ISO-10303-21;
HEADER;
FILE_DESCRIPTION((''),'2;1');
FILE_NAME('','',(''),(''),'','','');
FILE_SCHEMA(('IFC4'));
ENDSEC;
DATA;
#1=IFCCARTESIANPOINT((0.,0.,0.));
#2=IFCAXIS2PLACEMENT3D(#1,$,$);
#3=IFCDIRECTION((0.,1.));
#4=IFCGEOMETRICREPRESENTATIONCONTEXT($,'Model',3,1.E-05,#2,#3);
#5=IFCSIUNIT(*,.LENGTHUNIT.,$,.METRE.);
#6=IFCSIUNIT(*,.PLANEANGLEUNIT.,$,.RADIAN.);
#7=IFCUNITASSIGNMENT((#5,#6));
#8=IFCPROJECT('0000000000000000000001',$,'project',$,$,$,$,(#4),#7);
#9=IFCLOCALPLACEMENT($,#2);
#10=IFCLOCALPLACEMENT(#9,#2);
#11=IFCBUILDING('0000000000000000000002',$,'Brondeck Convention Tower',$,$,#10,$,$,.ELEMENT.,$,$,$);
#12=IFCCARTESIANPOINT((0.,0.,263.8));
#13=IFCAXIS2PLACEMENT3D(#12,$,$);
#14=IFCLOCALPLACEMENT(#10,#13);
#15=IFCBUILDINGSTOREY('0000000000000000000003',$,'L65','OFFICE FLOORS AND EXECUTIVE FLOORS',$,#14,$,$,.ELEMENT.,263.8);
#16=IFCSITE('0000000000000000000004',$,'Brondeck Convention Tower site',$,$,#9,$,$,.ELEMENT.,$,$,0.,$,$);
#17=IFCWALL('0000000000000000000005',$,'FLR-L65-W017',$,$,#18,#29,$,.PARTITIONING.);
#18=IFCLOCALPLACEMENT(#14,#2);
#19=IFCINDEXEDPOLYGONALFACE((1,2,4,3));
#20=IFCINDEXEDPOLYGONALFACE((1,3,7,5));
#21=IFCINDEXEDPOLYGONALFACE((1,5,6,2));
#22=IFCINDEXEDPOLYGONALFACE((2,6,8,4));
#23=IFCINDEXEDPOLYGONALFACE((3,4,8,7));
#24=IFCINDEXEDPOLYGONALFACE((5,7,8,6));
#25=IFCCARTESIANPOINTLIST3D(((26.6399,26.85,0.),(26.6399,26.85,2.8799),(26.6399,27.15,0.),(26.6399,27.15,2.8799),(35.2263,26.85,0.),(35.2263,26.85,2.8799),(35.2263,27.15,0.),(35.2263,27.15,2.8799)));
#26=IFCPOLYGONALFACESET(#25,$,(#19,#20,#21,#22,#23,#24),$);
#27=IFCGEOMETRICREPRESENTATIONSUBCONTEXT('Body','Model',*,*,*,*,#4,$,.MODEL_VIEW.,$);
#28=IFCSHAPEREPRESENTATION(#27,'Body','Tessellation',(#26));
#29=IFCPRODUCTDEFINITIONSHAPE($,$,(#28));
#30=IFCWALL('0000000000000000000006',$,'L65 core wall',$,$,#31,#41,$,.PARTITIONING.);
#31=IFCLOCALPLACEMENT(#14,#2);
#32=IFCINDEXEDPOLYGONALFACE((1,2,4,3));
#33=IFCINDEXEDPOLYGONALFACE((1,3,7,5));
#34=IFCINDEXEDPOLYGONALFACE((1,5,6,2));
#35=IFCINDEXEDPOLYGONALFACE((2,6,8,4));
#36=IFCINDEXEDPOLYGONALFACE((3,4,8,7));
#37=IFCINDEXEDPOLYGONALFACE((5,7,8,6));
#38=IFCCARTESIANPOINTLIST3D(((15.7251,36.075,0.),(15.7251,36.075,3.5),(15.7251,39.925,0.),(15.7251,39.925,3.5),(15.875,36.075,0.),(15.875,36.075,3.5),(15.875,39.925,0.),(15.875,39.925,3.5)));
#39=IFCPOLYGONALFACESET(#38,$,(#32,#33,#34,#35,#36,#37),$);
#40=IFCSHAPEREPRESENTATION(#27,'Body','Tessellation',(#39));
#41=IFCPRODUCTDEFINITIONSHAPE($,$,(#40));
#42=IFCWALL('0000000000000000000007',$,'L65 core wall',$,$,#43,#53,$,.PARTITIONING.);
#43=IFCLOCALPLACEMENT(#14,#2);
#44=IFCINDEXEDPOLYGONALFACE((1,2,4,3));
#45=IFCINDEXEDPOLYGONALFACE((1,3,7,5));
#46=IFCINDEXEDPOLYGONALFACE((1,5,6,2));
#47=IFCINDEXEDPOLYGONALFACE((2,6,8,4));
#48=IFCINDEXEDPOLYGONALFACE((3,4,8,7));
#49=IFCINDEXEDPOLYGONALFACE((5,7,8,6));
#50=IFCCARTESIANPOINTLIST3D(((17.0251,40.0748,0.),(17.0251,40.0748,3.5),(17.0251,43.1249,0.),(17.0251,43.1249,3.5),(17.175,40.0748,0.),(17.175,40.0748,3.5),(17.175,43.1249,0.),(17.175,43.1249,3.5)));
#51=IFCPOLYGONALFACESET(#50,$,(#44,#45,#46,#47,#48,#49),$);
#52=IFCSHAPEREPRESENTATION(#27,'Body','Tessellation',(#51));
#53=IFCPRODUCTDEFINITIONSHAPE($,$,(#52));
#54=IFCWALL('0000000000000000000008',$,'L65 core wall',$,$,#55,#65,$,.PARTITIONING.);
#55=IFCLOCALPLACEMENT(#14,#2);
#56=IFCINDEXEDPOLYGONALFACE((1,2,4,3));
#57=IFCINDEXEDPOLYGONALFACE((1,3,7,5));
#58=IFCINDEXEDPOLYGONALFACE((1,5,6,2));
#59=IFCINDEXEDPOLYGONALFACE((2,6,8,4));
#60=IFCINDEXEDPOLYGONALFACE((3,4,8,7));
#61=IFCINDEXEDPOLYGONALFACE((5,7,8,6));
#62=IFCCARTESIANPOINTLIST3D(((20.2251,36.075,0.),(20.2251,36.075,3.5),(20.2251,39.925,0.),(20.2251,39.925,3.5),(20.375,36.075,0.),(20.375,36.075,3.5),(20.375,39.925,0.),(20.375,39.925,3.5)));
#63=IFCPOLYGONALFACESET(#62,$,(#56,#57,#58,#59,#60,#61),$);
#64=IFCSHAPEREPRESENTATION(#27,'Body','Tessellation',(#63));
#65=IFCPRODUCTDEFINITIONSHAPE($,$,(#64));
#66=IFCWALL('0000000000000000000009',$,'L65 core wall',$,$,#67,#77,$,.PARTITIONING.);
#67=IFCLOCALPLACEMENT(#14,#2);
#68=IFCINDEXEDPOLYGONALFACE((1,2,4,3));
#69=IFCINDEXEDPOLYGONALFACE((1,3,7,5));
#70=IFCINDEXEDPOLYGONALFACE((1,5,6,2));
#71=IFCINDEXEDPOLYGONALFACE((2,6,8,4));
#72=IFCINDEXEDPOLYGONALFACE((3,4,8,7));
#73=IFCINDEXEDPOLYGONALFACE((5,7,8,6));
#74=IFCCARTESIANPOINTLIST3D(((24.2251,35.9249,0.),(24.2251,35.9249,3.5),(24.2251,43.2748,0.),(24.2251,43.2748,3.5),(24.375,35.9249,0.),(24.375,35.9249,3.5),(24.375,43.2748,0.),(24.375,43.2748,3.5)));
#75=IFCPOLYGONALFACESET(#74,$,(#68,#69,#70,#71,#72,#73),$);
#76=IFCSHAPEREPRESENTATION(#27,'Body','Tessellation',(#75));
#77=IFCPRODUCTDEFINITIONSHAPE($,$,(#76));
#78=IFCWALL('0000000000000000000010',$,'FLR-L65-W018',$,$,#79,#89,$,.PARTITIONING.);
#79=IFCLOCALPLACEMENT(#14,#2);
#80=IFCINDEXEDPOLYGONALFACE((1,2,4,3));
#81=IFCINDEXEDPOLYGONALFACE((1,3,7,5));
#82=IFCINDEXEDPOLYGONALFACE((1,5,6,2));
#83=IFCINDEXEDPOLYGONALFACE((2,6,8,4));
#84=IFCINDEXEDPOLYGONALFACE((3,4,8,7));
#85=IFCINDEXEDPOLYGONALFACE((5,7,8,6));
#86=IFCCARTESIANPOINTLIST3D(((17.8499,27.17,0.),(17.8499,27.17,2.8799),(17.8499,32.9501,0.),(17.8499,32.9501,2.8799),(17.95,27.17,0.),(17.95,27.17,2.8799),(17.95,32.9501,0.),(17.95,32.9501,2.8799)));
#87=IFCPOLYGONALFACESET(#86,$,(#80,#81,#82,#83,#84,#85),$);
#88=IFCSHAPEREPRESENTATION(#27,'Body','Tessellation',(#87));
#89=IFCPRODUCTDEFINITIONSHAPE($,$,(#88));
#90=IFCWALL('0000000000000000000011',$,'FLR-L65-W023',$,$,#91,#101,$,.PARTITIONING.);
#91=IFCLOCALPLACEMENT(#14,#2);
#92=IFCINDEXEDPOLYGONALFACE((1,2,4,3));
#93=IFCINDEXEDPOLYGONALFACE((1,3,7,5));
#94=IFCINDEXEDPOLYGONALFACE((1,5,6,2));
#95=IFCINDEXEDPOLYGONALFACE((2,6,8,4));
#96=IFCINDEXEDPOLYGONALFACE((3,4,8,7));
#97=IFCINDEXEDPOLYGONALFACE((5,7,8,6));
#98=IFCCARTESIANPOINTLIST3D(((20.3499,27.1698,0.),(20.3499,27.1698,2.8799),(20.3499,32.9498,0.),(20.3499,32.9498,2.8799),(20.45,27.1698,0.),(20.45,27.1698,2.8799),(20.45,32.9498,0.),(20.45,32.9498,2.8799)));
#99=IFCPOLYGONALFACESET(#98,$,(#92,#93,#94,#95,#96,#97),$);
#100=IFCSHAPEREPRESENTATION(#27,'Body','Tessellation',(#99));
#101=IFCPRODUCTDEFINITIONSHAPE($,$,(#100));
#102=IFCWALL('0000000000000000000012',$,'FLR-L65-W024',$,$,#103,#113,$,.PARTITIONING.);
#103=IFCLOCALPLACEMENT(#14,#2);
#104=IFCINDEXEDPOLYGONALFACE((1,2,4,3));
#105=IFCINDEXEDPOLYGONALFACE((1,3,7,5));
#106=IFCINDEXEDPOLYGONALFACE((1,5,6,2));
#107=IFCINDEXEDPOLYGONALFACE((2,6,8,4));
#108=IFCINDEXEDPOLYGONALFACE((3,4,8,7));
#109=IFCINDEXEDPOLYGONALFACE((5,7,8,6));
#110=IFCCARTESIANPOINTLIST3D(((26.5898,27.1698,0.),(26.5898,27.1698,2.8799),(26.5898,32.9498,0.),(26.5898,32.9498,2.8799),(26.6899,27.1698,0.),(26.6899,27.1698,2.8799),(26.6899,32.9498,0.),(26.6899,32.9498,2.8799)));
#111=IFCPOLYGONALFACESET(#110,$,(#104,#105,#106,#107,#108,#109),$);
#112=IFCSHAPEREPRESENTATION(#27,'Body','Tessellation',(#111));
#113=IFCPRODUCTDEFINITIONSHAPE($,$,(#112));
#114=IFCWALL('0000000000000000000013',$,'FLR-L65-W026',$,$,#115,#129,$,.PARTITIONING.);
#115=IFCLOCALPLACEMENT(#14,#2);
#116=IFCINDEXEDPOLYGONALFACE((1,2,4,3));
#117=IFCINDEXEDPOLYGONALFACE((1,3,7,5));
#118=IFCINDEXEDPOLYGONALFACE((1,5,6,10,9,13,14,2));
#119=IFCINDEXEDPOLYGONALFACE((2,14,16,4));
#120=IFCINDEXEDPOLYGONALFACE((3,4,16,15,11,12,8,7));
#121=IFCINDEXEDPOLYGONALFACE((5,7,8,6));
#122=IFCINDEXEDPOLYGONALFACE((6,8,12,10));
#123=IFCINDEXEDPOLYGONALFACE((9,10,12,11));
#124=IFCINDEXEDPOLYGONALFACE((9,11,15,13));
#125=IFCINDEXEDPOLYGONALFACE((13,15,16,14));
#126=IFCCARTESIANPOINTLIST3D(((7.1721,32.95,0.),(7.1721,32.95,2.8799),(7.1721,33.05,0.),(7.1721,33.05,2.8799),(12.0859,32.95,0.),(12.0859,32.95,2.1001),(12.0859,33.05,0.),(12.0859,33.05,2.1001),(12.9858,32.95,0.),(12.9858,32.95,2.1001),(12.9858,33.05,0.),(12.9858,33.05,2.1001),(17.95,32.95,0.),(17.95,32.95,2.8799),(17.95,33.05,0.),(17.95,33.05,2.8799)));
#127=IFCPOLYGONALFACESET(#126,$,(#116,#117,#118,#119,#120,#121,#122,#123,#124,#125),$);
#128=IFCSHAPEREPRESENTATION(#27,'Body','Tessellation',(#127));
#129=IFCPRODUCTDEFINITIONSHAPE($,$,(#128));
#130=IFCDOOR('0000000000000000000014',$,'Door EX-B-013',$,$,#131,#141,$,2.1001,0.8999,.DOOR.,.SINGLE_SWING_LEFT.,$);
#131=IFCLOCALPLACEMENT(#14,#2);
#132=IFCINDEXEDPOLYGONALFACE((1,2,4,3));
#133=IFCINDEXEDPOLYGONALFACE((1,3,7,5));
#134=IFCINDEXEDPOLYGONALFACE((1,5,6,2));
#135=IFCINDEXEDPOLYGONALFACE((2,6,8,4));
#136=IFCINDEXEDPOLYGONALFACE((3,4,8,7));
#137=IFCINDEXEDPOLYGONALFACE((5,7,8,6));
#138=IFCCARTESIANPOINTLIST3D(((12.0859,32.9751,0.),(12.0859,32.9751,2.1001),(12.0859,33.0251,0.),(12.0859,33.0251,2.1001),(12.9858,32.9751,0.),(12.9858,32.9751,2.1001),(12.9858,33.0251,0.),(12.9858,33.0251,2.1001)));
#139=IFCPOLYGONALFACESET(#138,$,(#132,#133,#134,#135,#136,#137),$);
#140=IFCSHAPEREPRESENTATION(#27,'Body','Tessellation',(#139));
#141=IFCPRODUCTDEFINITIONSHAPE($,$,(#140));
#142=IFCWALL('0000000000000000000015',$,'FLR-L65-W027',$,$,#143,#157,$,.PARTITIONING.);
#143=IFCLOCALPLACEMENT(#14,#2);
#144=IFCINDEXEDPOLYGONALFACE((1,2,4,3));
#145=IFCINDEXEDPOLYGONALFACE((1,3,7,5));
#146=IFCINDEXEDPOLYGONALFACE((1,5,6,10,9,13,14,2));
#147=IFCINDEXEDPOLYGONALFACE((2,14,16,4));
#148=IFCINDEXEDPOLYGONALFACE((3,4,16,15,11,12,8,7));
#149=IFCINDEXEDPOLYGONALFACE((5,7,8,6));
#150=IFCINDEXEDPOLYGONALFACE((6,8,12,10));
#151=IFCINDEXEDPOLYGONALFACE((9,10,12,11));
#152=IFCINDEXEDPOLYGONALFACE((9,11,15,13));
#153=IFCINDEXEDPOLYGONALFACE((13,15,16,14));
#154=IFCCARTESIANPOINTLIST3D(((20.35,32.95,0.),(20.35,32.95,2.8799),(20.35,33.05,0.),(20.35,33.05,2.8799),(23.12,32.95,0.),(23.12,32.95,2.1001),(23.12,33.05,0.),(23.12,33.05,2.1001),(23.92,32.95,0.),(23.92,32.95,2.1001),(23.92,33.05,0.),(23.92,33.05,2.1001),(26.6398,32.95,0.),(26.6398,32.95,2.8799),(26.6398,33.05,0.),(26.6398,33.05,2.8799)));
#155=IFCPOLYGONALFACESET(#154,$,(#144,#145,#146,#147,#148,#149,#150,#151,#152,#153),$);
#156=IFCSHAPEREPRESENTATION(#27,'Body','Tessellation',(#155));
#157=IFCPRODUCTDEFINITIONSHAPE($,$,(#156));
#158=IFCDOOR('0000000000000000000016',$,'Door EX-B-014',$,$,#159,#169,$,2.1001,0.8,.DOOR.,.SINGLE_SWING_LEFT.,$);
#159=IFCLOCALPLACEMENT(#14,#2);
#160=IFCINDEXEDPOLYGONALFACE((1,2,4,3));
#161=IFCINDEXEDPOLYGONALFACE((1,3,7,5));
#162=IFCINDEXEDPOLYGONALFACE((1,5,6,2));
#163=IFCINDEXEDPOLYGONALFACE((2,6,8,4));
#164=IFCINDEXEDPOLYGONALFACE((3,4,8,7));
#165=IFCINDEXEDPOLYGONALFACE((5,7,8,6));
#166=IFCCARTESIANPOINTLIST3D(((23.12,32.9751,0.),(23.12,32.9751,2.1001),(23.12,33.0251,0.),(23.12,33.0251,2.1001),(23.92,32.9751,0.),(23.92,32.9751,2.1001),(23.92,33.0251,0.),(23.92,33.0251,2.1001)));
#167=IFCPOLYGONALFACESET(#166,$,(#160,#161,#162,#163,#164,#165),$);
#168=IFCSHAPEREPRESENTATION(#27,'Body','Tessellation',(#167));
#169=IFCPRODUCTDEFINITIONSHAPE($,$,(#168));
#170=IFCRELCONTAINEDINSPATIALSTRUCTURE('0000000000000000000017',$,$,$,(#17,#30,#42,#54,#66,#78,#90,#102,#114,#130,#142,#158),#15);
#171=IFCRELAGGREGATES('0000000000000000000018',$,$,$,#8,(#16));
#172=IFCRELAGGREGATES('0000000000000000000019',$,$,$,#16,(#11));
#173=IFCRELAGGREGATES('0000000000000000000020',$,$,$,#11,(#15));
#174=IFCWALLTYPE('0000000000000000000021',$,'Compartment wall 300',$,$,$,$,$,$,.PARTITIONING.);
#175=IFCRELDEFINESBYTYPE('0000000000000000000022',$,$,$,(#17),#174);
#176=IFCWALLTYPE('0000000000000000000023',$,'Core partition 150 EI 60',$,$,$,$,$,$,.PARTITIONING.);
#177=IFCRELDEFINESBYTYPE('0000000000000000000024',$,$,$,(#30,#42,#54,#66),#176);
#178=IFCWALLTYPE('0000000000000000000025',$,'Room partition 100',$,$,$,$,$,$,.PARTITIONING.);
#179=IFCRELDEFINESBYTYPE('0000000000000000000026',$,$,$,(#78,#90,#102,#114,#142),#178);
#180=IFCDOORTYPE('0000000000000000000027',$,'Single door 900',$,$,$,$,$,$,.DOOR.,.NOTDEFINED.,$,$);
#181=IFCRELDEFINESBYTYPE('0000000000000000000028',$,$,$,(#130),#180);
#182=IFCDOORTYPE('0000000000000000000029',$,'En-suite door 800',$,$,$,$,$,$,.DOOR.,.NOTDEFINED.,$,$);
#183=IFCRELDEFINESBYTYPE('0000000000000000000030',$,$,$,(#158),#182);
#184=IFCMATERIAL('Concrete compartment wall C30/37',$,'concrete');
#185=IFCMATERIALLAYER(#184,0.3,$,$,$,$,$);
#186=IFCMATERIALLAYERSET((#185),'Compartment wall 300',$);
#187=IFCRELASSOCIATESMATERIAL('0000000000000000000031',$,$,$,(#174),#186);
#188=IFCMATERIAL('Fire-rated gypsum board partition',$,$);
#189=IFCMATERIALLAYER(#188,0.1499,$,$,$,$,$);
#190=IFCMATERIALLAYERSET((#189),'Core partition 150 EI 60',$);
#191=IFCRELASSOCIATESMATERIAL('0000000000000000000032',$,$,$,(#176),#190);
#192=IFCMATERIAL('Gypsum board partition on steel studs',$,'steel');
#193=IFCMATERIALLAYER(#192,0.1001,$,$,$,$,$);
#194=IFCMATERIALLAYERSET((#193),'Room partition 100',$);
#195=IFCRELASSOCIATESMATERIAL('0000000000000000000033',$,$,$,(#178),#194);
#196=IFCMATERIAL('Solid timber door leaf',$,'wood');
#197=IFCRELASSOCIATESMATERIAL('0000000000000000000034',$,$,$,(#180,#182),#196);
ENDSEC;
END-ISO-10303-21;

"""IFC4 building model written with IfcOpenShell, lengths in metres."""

from ifc_helpers import new_model, si_unit, direction, frame, frame_2d, origin, place, context, subcontext, project, spatial, rectangle, extrude, material, layer, layer_set, type_object, element, fill, save


model = new_model("IFC4")

# Units and contexts
model_context = context("Model", 3, precision=1e-05, world=origin(), true_north=direction((0.0, 1.0)))
body_context = subcontext(model_context, "Body", "Model", "MODEL_VIEW")
ifc_project = project(units=[si_unit("LENGTHUNIT", "METRE"), si_unit("PLANEANGLEUNIT", "RADIAN")], contexts=[model_context])

# Site, building, storey
site_placement = place(None, origin())
site = spatial("IfcSite", under=ifc_project, at=site_placement, Name="Brondeck Convention Tower site", CompositionType="ELEMENT", RefElevation=0.0)
building_placement = place(site_placement, origin())
building = spatial("IfcBuilding", under=site, at=building_placement, Name="Brondeck Convention Tower", CompositionType="ELEMENT")
storey_placement = place(building_placement, frame((0.0, 0.0, 263.8)))
storey = spatial("IfcBuildingStorey", under=building, at=storey_placement, Name="L65", Description="OFFICE FLOORS AND EXECUTIVE FLOORS", CompositionType="ELEMENT", Elevation=263.8)

# Shared definitions
ifc_material_1 = material(Name="Concrete compartment wall C30/37", Category="concrete")
ifc_layer_1 = layer(ifc_material_1, 0.3)
ifc_layer_set_1 = layer_set([ifc_layer_1], Name="Compartment wall 300")
wall_type_1 = type_object("IfcWallType", Name="Compartment wall 300", PredefinedType="PARTITIONING", material=ifc_layer_set_1)

# Walls
wall_1_placement = place(storey_placement, frame((26.6399, 27.0, 0.0), z_axis=(0.0, 0.0, 1.0), x_axis=(1.0, 0.0, 0.0)))
element("IfcWall", 1, at=wall_1_placement, inside=storey, type_object=wall_type_1, Name="FLR-L65-W017", PredefinedType="PARTITIONING", context=body_context, shape_type="SweptSolid", body=[
    extrude(rectangle(XDim=8.5864, YDim=0.3, at=frame_2d((4.2932, 0.0))), origin(), (0.0, 0.0, 1.0), 2.8799),
])
ifc_material_2 = material(Name="Fire-rated gypsum board partition")
ifc_layer_2 = layer(ifc_material_2, 0.1499)
ifc_layer_set_2 = layer_set([ifc_layer_2], Name="Core partition 150 EI 60")
wall_type_2 = type_object("IfcWallType", Name="Core partition 150 EI 60", PredefinedType="PARTITIONING", material=ifc_layer_set_2)
wall_2_placement = place(storey_placement, frame((15.8, 36.075, 0.0), z_axis=(0.0, 0.0, 1.0), x_axis=(0.0, 1.0, 0.0)))
element("IfcWall", 2, at=wall_2_placement, inside=storey, type_object=wall_type_2, Name="L65 core wall", PredefinedType="PARTITIONING", context=body_context, shape_type="SweptSolid", body=[
    extrude(rectangle(XDim=3.8501, YDim=0.1499, at=frame_2d((1.925, 0.0))), origin(), (0.0, 0.0, 1.0), 3.5),
])
wall_3_placement = place(storey_placement, frame((17.1001, 40.075, 0.0), z_axis=(0.0, 0.0, 1.0), x_axis=(0.0, 1.0, 0.0)))
element("IfcWall", 3, at=wall_3_placement, inside=storey, type_object=wall_type_2, Name="L65 core wall", PredefinedType="PARTITIONING", context=body_context, shape_type="SweptSolid", body=[
    extrude(rectangle(XDim=3.05, YDim=0.1499, at=frame_2d((1.5249, 0.0))), origin(), (0.0, 0.0, 1.0), 3.5),
])
wall_4_placement = place(storey_placement, frame((20.3, 36.075, 0.0), z_axis=(0.0, 0.0, 1.0), x_axis=(0.0, 1.0, 0.0)))
element("IfcWall", 4, at=wall_4_placement, inside=storey, type_object=wall_type_2, Name="L65 core wall", PredefinedType="PARTITIONING", context=body_context, shape_type="SweptSolid", body=[
    extrude(rectangle(XDim=3.8501, YDim=0.1499, at=frame_2d((1.925, 0.0))), origin(), (0.0, 0.0, 1.0), 3.5),
])
wall_5_placement = place(storey_placement, frame((24.3, 35.925, 0.0), z_axis=(0.0, 0.0, 1.0), x_axis=(0.0, 1.0, 0.0)))
element("IfcWall", 5, at=wall_5_placement, inside=storey, type_object=wall_type_2, Name="L65 core wall", PredefinedType="PARTITIONING", context=body_context, shape_type="SweptSolid", body=[
    extrude(rectangle(XDim=7.3499, YDim=0.1499, at=frame_2d((3.6748, 0.0))), origin(), (0.0, 0.0, 1.0), 3.5),
])
ifc_material_3 = material(Name="Gypsum board partition on steel studs", Category="steel")
ifc_layer_3 = layer(ifc_material_3, 0.1001)
ifc_layer_set_3 = layer_set([ifc_layer_3], Name="Room partition 100")
wall_type_3 = type_object("IfcWallType", Name="Room partition 100", PredefinedType="PARTITIONING", material=ifc_layer_set_3)
for number, where, z_axis, x_axis, name in (
    (6, (17.8999, 27.1699, 0.0), (0.0, 0.0, 1.0), (0.0, 1.0, 0.0), "FLR-L65-W018"),
    (7, (20.3999, 32.95, 0.0), (0.0, 0.0, 1.0), (0.0, -1.0, 0.0), "FLR-L65-W023"),
    (8, (26.6399, 32.95, 0.0), (0.0, 0.0, 1.0), (0.0, -1.0, 0.0), "FLR-L65-W024"),
):
    element("IfcWall", number, at=place(storey_placement, frame(where, z_axis=z_axis, x_axis=x_axis)), inside=storey, type_object=wall_type_3, Name=name, PredefinedType="PARTITIONING", context=body_context, shape_type="SweptSolid", body=[
        extrude(rectangle(XDim=5.78, YDim=0.1001, at=frame_2d((2.8901, 0.0))), origin(), (0.0, 0.0, 1.0), 2.8799),
    ])

# Walls, openings, doors
wall_6_placement = place(storey_placement, frame((17.95, 33.0, 0.0), z_axis=(0.0, 0.0, 1.0), x_axis=(-1.0, 0.0, 0.0)))
wall_6 = element("IfcWall", 9, at=wall_6_placement, inside=storey, type_object=wall_type_3, Name="FLR-L65-W026", PredefinedType="PARTITIONING", context=body_context, shape_type="SweptSolid", body=[
    extrude(rectangle(XDim=10.7778, YDim=0.1001, at=frame_2d((5.3889, 0.0))), origin(), (0.0, 0.0, 1.0), 2.8799),
])
opening_1_placement = place(wall_6_placement, frame((4.9641, 0.0, 0.0)))
opening_1 = element("IfcOpeningElement", 10, at=opening_1_placement, cuts=wall_6, PredefinedType="OPENING", context=body_context, shape_type="SweptSolid", body=[
    extrude(rectangle(XDim=0.8999, YDim=2.1001, at=frame_2d((0.45, 1.05))), frame((0.0, 0.0601, 0.0), z_axis=(0.0, -1.0, 0.0), x_axis=(1.0, 0.0, 0.0)), (0.0, 0.0, 1.0), 0.1201),
])
ifc_material_4 = material(Name="Solid timber door leaf", Category="wood")
door_type_1 = type_object("IfcDoorType", Name="Single door 900", OperationType="NOTDEFINED", PredefinedType="DOOR", material=ifc_material_4)
door_1_placement = place(opening_1_placement, origin())
door_1 = element("IfcDoor", 11, at=door_1_placement, inside=storey, type_object=door_type_1, Name="Door EX-B-013", OperationType="SINGLE_SWING_LEFT", OverallHeight=2.1001, OverallWidth=0.8999, PredefinedType="DOOR", context=body_context, shape_type="SweptSolid", body=[
    extrude(rectangle(XDim=0.8999, YDim=2.1001, at=frame_2d((0.45, 1.05))), frame((0.0, 0.0249, 0.0), z_axis=(0.0, -1.0, 0.0), x_axis=(1.0, 0.0, 0.0)), (0.0, 0.0, 1.0), 0.05),
])
fill(opening_1, door_1)
wall_7_placement = place(storey_placement, frame((26.6399, 33.0, 0.0), z_axis=(0.0, 0.0, 1.0), x_axis=(-1.0, 0.0, 0.0)))
wall_7 = element("IfcWall", 12, at=wall_7_placement, inside=storey, type_object=wall_type_3, Name="FLR-L65-W027", PredefinedType="PARTITIONING", context=body_context, shape_type="SweptSolid", body=[
    extrude(rectangle(XDim=6.2898, YDim=0.1001, at=frame_2d((3.145, 0.0))), origin(), (0.0, 0.0, 1.0), 2.8799),
])
opening_2_placement = place(wall_7_placement, frame((2.72, 0.0, 0.0)))
opening_2 = element("IfcOpeningElement", 13, at=opening_2_placement, cuts=wall_7, PredefinedType="OPENING", context=body_context, shape_type="SweptSolid", body=[
    extrude(rectangle(XDim=0.8, YDim=2.1001, at=frame_2d((0.3999, 1.05))), frame((0.0, 0.0601, 0.0), z_axis=(0.0, -1.0, 0.0), x_axis=(1.0, 0.0, 0.0)), (0.0, 0.0, 1.0), 0.1201),
])
door_type_2 = type_object("IfcDoorType", Name="En-suite door 800", OperationType="NOTDEFINED", PredefinedType="DOOR", material=ifc_material_4)
door_2_placement = place(opening_2_placement, origin())
door_2 = element("IfcDoor", 14, at=door_2_placement, inside=storey, type_object=door_type_2, Name="Door EX-B-014", OperationType="SINGLE_SWING_LEFT", OverallHeight=2.1001, OverallWidth=0.8, PredefinedType="DOOR", context=body_context, shape_type="SweptSolid", body=[
    extrude(rectangle(XDim=0.8, YDim=2.1001, at=frame_2d((0.3999, 1.05))), frame((0.0, 0.0249, 0.0), z_axis=(0.0, -1.0, 0.0), x_axis=(1.0, 0.0, 0.0)), (0.0, 0.0, 1.0), 0.05),
])
fill(opening_2, door_2)

save(model, "model.ifc")
